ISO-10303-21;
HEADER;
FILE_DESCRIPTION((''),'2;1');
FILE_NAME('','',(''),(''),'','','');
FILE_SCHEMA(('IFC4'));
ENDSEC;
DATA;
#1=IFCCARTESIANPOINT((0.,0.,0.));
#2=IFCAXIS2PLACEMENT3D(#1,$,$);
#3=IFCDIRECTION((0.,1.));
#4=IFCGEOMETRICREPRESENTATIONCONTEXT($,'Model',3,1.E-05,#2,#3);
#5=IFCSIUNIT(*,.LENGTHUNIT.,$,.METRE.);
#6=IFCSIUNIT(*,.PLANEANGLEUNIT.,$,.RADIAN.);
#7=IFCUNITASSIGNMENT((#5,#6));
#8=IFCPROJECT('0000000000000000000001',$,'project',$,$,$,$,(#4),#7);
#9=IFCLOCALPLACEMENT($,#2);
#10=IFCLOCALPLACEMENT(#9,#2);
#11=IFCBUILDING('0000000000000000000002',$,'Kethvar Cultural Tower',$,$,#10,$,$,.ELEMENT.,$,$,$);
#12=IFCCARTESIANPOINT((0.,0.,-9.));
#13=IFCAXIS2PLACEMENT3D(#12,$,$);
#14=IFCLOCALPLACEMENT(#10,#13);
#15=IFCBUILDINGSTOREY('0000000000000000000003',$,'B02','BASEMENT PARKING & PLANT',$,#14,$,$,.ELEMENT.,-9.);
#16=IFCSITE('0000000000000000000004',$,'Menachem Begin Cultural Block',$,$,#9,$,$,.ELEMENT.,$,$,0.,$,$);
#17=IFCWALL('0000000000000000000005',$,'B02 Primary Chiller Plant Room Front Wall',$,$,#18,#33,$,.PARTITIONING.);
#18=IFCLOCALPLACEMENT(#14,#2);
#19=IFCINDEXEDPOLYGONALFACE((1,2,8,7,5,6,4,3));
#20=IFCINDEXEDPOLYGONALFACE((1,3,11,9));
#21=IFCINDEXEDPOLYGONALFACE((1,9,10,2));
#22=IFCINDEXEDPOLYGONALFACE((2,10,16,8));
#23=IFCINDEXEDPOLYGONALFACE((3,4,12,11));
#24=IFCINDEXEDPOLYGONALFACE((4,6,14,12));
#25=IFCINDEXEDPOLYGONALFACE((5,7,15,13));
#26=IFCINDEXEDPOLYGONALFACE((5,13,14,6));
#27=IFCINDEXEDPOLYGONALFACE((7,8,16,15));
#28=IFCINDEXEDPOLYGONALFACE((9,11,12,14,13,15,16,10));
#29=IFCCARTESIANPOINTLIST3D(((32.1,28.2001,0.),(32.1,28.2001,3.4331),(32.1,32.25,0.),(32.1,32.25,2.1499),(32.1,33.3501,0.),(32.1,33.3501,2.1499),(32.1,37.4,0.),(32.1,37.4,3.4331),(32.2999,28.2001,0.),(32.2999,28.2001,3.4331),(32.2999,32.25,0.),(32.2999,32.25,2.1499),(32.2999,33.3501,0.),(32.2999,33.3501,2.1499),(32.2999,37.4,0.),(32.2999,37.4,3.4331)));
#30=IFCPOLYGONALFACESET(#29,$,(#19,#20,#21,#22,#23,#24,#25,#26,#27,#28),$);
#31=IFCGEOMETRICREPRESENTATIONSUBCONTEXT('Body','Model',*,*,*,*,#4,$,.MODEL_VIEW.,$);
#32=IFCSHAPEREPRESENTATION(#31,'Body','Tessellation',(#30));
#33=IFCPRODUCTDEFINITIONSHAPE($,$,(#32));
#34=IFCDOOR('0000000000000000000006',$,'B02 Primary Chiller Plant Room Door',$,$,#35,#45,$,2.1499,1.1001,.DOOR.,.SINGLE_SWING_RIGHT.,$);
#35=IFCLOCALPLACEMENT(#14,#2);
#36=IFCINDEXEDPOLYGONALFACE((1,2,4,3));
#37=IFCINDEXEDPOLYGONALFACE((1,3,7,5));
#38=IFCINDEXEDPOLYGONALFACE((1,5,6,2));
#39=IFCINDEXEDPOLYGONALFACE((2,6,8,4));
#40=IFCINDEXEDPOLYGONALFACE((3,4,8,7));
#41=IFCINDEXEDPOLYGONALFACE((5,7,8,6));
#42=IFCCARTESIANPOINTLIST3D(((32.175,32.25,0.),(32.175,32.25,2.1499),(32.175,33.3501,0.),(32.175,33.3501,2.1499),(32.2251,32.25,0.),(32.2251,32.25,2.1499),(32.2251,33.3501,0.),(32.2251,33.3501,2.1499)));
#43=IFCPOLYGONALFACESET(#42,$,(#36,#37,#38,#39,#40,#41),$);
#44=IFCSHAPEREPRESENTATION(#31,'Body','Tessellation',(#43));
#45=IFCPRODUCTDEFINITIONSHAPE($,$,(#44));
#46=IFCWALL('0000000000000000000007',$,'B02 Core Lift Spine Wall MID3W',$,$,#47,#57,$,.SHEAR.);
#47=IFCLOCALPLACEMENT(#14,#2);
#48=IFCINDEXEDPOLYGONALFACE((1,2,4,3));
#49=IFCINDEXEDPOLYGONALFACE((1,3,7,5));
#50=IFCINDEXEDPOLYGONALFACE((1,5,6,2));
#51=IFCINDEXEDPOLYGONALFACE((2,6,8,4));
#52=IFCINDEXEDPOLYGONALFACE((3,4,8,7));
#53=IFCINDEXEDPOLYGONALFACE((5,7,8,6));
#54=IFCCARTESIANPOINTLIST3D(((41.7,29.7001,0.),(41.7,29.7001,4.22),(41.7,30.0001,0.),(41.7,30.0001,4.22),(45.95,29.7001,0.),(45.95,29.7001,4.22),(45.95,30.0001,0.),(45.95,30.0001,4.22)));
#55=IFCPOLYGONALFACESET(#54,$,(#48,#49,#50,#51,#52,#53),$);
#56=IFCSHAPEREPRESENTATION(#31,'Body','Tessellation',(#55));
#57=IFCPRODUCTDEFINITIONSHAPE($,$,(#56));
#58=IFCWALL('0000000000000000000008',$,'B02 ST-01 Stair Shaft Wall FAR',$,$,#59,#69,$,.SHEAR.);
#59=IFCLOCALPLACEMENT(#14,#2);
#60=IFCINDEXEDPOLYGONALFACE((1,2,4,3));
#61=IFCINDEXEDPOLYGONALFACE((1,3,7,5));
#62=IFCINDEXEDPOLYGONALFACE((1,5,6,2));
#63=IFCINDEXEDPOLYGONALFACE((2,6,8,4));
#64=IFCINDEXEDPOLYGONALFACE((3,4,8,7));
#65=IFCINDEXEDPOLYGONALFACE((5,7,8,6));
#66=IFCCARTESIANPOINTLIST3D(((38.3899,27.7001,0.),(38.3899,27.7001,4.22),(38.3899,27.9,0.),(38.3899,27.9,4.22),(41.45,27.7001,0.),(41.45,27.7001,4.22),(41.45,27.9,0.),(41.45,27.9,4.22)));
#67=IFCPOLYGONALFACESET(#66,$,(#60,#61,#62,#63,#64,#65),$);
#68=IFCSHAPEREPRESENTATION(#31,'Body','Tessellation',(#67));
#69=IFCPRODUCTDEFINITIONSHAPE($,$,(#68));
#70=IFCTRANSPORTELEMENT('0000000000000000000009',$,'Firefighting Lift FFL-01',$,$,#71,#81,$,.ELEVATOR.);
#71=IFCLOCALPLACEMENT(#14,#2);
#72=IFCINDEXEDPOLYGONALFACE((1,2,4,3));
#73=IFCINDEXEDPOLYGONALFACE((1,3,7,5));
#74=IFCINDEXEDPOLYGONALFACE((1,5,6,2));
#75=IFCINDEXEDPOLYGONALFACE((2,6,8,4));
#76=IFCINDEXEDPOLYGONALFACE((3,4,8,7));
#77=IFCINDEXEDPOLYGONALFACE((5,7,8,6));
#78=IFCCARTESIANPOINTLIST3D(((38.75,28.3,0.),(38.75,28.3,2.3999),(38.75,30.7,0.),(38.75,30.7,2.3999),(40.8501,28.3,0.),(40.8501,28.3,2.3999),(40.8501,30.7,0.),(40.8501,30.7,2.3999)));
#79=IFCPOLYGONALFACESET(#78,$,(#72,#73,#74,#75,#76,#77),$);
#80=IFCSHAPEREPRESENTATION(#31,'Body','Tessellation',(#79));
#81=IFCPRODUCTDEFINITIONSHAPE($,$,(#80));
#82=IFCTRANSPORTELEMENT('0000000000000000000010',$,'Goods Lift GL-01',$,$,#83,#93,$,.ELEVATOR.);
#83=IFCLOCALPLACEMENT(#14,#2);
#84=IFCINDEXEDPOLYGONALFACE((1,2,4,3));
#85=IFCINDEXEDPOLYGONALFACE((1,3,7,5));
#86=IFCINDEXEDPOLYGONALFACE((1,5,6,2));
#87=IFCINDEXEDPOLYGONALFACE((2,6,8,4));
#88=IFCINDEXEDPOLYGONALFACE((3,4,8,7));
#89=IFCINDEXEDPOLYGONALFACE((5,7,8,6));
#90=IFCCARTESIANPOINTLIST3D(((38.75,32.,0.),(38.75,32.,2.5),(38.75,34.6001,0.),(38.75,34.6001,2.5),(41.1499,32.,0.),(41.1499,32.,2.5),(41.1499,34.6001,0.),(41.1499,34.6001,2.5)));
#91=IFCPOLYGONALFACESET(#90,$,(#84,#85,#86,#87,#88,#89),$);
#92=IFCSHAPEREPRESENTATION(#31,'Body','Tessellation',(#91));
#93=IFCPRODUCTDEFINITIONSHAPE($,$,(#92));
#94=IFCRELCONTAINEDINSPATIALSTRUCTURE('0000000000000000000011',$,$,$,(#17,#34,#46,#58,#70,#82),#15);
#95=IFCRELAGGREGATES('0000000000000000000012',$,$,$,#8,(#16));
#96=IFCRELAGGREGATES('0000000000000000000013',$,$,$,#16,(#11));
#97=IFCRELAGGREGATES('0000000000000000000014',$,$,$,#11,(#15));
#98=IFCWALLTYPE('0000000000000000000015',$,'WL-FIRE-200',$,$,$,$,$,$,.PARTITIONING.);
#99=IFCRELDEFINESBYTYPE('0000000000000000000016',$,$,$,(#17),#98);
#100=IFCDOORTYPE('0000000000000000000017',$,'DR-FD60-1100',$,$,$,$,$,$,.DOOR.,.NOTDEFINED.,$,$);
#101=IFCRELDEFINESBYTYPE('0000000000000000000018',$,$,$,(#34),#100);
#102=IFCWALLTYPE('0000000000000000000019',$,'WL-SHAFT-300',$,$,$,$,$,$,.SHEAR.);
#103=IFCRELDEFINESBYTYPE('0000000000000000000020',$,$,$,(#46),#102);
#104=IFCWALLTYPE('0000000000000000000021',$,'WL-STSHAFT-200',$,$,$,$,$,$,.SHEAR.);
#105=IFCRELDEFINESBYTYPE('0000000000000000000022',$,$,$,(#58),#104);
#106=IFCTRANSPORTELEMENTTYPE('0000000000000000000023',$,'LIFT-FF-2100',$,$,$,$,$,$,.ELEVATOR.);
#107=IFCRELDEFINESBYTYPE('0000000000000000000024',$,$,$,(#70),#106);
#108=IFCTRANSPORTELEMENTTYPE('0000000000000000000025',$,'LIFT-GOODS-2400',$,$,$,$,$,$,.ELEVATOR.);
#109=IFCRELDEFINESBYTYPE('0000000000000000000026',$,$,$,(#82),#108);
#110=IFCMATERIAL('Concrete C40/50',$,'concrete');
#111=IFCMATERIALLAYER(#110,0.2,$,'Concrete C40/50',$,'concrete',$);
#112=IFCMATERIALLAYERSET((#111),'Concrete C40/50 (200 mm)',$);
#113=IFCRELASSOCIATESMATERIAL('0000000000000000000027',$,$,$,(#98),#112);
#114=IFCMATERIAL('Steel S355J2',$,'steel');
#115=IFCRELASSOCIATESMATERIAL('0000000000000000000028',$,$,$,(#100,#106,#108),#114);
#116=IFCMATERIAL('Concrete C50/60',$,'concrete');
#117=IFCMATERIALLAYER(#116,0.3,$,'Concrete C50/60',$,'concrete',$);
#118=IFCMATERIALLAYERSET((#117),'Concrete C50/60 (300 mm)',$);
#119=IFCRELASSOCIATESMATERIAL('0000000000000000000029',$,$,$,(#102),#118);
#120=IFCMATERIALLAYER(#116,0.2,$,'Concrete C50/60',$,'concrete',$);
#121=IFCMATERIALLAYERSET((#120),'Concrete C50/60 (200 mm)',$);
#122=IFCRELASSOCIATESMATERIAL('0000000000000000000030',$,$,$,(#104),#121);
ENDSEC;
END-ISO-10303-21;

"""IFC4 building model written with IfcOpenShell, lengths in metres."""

from ifc_helpers import new_model, si_unit, direction, frame, frame_2d, origin, origin_2d, place, context, subcontext, project, spatial, rectangle, extrude, source, transform, mapped, material, layer, layer_set, type_object, element, fill, save


model = new_model("IFC4")

# Units and contexts
model_context = context("Model", 3, precision=1e-05, world=origin(), true_north=direction((0.0, 1.0)))
body_context = subcontext(model_context, "Body", "Model", "MODEL_VIEW")
ifc_project = project(units=[si_unit("LENGTHUNIT", "METRE"), si_unit("PLANEANGLEUNIT", "RADIAN")], contexts=[model_context])

# Site, building, storey
site_placement = place(None, origin())
site = spatial("IfcSite", under=ifc_project, at=site_placement, Name="Menachem Begin Cultural Block", CompositionType="ELEMENT", RefElevation=0.0)
building_placement = place(site_placement, origin())
building = spatial("IfcBuilding", under=site, at=building_placement, Name="Kethvar Cultural Tower", CompositionType="ELEMENT")
storey_placement = place(building_placement, frame((0.0, 0.0, -9.0)))
storey = spatial("IfcBuildingStorey", under=building, at=storey_placement, Name="B02", Description="BASEMENT PARKING & PLANT", CompositionType="ELEMENT", Elevation=-9.0)

# Shared definitions
ifc_material_1 = material(Name="Steel S355J2", Category="steel")

# Shared definitions
ifc_material_2 = material(Name="Concrete C40/50", Category="concrete")
ifc_layer_1 = layer(ifc_material_2, 0.2, Name="Concrete C40/50", Category="concrete")
ifc_layer_set_1 = layer_set([ifc_layer_1], Name="Concrete C40/50 (200 mm)")
wall_type_1 = type_object("IfcWallType", Name="WL-FIRE-200", PredefinedType="PARTITIONING", material=ifc_layer_set_1)

# Wall, opening, door
wall_1_placement = place(storey_placement, frame((32.2, 28.2, 0.0), z_axis=(0.0, 0.0, 1.0), x_axis=(0.0, 1.0, 0.0)))
wall_1 = element("IfcWall", 1, at=wall_1_placement, inside=storey, type_object=wall_type_1, Name="B02 Primary Chiller Plant Room Front Wall", PredefinedType="PARTITIONING", context=body_context, shape_type="SweptSolid", body=[
    extrude(rectangle(XDim=9.2, YDim=0.2, at=frame_2d((4.6001, 0.0))), origin(), (0.0, 0.0, 1.0), 3.4331),
])
opening_1_placement = place(wall_1_placement, frame((4.05, 0.0, 0.0)))
opening_1 = element("IfcOpeningElement", 2, at=opening_1_placement, cuts=wall_1, PredefinedType="OPENING", context=body_context, shape_type="SweptSolid", body=[
    extrude(rectangle(XDim=1.1001, YDim=2.1499, at=frame_2d((0.55, 1.075))), frame((0.0, 0.1099, 0.0), z_axis=(0.0, -1.0, 0.0), x_axis=(1.0, 0.0, 0.0)), (0.0, 0.0, 1.0), 0.22),
])
door_type_1 = type_object("IfcDoorType", Name="DR-FD60-1100", OperationType="NOTDEFINED", PredefinedType="DOOR", material=ifc_material_1)
shared_shape_1 = source(origin(), body_context, "Body", "SweptSolid", [
    extrude(rectangle(XDim=1.1001, YDim=2.1499, at=frame_2d((0.55, 1.075))), frame((0.0, 0.0249, 0.0), z_axis=(0.0, -1.0, 0.0), x_axis=(1.0, 0.0, 0.0)), (0.0, 0.0, 1.0), 0.05),
])
door_1_placement = place(opening_1_placement, origin())
door_1 = element("IfcDoor", 3, at=door_1_placement, inside=storey, type_object=door_type_1, Name="B02 Primary Chiller Plant Room Door", OperationType="SINGLE_SWING_RIGHT", OverallHeight=2.1499, OverallWidth=1.1001, PredefinedType="DOOR", context=body_context, shape_type="MappedRepresentation", body=[
    mapped(shared_shape_1, transform((0.0, 0.0, 0.0), scale=1.0)),
])
fill(opening_1, door_1)

# Walls
ifc_material_3 = material(Name="Concrete C50/60", Category="concrete")
ifc_layer_2 = layer(ifc_material_3, 0.3, Name="Concrete C50/60", Category="concrete")
ifc_layer_set_2 = layer_set([ifc_layer_2], Name="Concrete C50/60 (300 mm)")
wall_type_2 = type_object("IfcWallType", Name="WL-SHAFT-300", PredefinedType="SHEAR", material=ifc_layer_set_2)
wall_2_placement = place(storey_placement, frame((41.7, 29.8501, 0.0), z_axis=(0.0, 0.0, 1.0), x_axis=(1.0, 0.0, 0.0)))
element("IfcWall", 4, at=wall_2_placement, inside=storey, type_object=wall_type_2, Name="B02 Core Lift Spine Wall MID3W", PredefinedType="SHEAR", context=body_context, shape_type="SweptSolid", body=[
    extrude(rectangle(XDim=4.25, YDim=0.3, at=frame_2d((2.125, 0.0))), origin(), (0.0, 0.0, 1.0), 4.22),
])
ifc_layer_3 = layer(ifc_material_3, 0.2, Name="Concrete C50/60", Category="concrete")
ifc_layer_set_3 = layer_set([ifc_layer_3], Name="Concrete C50/60 (200 mm)")
wall_type_3 = type_object("IfcWallType", Name="WL-STSHAFT-200", PredefinedType="SHEAR", material=ifc_layer_set_3)
wall_3_placement = place(storey_placement, frame((38.3899, 27.8, 0.0), z_axis=(0.0, 0.0, 1.0), x_axis=(1.0, 0.0, 0.0)))
element("IfcWall", 5, at=wall_3_placement, inside=storey, type_object=wall_type_3, Name="B02 ST-01 Stair Shaft Wall FAR", PredefinedType="SHEAR", context=body_context, shape_type="SweptSolid", body=[
    extrude(rectangle(XDim=3.0601, YDim=0.2, at=frame_2d((1.53, 0.0))), origin(), (0.0, 0.0, 1.0), 4.22),
])

# Transport elements
transport_element_type_1 = type_object("IfcTransportElementType", Name="LIFT-FF-2100", PredefinedType="ELEVATOR", material=ifc_material_1)
shared_shape_2 = source(origin(), body_context, "Body", "SweptSolid", [
    extrude(rectangle(XDim=2.1001, YDim=2.3999, at=origin_2d()), origin(), (0.0, 0.0, 1.0), 2.3999),
])
transport_element_1_placement = place(storey_placement, frame((39.8, 29.5, 0.0), z_axis=(0.0, 0.0, 1.0), x_axis=(1.0, 0.0, 0.0)))
element("IfcTransportElement", 6, at=transport_element_1_placement, inside=storey, type_object=transport_element_type_1, Name="Firefighting Lift FFL-01", PredefinedType="ELEVATOR", context=body_context, shape_type="MappedRepresentation", body=[
    mapped(shared_shape_2, transform((0.0, 0.0, 0.0), scale=1.0)),
])
transport_element_type_2 = type_object("IfcTransportElementType", Name="LIFT-GOODS-2400", PredefinedType="ELEVATOR", material=ifc_material_1)
shared_shape_3 = source(origin(), body_context, "Body", "SweptSolid", [
    extrude(rectangle(XDim=2.3999, YDim=2.6001, at=origin_2d()), origin(), (0.0, 0.0, 1.0), 2.5),
])
transport_element_2_placement = place(storey_placement, frame((39.95, 33.3, 0.0), z_axis=(0.0, 0.0, 1.0), x_axis=(1.0, 0.0, 0.0)))
element("IfcTransportElement", 7, at=transport_element_2_placement, inside=storey, type_object=transport_element_type_2, Name="Goods Lift GL-01", PredefinedType="ELEVATOR", context=body_context, shape_type="MappedRepresentation", body=[
    mapped(shared_shape_3, transform((0.0, 0.0, 0.0), scale=1.0)),
])

save(model, "model.ifc")
